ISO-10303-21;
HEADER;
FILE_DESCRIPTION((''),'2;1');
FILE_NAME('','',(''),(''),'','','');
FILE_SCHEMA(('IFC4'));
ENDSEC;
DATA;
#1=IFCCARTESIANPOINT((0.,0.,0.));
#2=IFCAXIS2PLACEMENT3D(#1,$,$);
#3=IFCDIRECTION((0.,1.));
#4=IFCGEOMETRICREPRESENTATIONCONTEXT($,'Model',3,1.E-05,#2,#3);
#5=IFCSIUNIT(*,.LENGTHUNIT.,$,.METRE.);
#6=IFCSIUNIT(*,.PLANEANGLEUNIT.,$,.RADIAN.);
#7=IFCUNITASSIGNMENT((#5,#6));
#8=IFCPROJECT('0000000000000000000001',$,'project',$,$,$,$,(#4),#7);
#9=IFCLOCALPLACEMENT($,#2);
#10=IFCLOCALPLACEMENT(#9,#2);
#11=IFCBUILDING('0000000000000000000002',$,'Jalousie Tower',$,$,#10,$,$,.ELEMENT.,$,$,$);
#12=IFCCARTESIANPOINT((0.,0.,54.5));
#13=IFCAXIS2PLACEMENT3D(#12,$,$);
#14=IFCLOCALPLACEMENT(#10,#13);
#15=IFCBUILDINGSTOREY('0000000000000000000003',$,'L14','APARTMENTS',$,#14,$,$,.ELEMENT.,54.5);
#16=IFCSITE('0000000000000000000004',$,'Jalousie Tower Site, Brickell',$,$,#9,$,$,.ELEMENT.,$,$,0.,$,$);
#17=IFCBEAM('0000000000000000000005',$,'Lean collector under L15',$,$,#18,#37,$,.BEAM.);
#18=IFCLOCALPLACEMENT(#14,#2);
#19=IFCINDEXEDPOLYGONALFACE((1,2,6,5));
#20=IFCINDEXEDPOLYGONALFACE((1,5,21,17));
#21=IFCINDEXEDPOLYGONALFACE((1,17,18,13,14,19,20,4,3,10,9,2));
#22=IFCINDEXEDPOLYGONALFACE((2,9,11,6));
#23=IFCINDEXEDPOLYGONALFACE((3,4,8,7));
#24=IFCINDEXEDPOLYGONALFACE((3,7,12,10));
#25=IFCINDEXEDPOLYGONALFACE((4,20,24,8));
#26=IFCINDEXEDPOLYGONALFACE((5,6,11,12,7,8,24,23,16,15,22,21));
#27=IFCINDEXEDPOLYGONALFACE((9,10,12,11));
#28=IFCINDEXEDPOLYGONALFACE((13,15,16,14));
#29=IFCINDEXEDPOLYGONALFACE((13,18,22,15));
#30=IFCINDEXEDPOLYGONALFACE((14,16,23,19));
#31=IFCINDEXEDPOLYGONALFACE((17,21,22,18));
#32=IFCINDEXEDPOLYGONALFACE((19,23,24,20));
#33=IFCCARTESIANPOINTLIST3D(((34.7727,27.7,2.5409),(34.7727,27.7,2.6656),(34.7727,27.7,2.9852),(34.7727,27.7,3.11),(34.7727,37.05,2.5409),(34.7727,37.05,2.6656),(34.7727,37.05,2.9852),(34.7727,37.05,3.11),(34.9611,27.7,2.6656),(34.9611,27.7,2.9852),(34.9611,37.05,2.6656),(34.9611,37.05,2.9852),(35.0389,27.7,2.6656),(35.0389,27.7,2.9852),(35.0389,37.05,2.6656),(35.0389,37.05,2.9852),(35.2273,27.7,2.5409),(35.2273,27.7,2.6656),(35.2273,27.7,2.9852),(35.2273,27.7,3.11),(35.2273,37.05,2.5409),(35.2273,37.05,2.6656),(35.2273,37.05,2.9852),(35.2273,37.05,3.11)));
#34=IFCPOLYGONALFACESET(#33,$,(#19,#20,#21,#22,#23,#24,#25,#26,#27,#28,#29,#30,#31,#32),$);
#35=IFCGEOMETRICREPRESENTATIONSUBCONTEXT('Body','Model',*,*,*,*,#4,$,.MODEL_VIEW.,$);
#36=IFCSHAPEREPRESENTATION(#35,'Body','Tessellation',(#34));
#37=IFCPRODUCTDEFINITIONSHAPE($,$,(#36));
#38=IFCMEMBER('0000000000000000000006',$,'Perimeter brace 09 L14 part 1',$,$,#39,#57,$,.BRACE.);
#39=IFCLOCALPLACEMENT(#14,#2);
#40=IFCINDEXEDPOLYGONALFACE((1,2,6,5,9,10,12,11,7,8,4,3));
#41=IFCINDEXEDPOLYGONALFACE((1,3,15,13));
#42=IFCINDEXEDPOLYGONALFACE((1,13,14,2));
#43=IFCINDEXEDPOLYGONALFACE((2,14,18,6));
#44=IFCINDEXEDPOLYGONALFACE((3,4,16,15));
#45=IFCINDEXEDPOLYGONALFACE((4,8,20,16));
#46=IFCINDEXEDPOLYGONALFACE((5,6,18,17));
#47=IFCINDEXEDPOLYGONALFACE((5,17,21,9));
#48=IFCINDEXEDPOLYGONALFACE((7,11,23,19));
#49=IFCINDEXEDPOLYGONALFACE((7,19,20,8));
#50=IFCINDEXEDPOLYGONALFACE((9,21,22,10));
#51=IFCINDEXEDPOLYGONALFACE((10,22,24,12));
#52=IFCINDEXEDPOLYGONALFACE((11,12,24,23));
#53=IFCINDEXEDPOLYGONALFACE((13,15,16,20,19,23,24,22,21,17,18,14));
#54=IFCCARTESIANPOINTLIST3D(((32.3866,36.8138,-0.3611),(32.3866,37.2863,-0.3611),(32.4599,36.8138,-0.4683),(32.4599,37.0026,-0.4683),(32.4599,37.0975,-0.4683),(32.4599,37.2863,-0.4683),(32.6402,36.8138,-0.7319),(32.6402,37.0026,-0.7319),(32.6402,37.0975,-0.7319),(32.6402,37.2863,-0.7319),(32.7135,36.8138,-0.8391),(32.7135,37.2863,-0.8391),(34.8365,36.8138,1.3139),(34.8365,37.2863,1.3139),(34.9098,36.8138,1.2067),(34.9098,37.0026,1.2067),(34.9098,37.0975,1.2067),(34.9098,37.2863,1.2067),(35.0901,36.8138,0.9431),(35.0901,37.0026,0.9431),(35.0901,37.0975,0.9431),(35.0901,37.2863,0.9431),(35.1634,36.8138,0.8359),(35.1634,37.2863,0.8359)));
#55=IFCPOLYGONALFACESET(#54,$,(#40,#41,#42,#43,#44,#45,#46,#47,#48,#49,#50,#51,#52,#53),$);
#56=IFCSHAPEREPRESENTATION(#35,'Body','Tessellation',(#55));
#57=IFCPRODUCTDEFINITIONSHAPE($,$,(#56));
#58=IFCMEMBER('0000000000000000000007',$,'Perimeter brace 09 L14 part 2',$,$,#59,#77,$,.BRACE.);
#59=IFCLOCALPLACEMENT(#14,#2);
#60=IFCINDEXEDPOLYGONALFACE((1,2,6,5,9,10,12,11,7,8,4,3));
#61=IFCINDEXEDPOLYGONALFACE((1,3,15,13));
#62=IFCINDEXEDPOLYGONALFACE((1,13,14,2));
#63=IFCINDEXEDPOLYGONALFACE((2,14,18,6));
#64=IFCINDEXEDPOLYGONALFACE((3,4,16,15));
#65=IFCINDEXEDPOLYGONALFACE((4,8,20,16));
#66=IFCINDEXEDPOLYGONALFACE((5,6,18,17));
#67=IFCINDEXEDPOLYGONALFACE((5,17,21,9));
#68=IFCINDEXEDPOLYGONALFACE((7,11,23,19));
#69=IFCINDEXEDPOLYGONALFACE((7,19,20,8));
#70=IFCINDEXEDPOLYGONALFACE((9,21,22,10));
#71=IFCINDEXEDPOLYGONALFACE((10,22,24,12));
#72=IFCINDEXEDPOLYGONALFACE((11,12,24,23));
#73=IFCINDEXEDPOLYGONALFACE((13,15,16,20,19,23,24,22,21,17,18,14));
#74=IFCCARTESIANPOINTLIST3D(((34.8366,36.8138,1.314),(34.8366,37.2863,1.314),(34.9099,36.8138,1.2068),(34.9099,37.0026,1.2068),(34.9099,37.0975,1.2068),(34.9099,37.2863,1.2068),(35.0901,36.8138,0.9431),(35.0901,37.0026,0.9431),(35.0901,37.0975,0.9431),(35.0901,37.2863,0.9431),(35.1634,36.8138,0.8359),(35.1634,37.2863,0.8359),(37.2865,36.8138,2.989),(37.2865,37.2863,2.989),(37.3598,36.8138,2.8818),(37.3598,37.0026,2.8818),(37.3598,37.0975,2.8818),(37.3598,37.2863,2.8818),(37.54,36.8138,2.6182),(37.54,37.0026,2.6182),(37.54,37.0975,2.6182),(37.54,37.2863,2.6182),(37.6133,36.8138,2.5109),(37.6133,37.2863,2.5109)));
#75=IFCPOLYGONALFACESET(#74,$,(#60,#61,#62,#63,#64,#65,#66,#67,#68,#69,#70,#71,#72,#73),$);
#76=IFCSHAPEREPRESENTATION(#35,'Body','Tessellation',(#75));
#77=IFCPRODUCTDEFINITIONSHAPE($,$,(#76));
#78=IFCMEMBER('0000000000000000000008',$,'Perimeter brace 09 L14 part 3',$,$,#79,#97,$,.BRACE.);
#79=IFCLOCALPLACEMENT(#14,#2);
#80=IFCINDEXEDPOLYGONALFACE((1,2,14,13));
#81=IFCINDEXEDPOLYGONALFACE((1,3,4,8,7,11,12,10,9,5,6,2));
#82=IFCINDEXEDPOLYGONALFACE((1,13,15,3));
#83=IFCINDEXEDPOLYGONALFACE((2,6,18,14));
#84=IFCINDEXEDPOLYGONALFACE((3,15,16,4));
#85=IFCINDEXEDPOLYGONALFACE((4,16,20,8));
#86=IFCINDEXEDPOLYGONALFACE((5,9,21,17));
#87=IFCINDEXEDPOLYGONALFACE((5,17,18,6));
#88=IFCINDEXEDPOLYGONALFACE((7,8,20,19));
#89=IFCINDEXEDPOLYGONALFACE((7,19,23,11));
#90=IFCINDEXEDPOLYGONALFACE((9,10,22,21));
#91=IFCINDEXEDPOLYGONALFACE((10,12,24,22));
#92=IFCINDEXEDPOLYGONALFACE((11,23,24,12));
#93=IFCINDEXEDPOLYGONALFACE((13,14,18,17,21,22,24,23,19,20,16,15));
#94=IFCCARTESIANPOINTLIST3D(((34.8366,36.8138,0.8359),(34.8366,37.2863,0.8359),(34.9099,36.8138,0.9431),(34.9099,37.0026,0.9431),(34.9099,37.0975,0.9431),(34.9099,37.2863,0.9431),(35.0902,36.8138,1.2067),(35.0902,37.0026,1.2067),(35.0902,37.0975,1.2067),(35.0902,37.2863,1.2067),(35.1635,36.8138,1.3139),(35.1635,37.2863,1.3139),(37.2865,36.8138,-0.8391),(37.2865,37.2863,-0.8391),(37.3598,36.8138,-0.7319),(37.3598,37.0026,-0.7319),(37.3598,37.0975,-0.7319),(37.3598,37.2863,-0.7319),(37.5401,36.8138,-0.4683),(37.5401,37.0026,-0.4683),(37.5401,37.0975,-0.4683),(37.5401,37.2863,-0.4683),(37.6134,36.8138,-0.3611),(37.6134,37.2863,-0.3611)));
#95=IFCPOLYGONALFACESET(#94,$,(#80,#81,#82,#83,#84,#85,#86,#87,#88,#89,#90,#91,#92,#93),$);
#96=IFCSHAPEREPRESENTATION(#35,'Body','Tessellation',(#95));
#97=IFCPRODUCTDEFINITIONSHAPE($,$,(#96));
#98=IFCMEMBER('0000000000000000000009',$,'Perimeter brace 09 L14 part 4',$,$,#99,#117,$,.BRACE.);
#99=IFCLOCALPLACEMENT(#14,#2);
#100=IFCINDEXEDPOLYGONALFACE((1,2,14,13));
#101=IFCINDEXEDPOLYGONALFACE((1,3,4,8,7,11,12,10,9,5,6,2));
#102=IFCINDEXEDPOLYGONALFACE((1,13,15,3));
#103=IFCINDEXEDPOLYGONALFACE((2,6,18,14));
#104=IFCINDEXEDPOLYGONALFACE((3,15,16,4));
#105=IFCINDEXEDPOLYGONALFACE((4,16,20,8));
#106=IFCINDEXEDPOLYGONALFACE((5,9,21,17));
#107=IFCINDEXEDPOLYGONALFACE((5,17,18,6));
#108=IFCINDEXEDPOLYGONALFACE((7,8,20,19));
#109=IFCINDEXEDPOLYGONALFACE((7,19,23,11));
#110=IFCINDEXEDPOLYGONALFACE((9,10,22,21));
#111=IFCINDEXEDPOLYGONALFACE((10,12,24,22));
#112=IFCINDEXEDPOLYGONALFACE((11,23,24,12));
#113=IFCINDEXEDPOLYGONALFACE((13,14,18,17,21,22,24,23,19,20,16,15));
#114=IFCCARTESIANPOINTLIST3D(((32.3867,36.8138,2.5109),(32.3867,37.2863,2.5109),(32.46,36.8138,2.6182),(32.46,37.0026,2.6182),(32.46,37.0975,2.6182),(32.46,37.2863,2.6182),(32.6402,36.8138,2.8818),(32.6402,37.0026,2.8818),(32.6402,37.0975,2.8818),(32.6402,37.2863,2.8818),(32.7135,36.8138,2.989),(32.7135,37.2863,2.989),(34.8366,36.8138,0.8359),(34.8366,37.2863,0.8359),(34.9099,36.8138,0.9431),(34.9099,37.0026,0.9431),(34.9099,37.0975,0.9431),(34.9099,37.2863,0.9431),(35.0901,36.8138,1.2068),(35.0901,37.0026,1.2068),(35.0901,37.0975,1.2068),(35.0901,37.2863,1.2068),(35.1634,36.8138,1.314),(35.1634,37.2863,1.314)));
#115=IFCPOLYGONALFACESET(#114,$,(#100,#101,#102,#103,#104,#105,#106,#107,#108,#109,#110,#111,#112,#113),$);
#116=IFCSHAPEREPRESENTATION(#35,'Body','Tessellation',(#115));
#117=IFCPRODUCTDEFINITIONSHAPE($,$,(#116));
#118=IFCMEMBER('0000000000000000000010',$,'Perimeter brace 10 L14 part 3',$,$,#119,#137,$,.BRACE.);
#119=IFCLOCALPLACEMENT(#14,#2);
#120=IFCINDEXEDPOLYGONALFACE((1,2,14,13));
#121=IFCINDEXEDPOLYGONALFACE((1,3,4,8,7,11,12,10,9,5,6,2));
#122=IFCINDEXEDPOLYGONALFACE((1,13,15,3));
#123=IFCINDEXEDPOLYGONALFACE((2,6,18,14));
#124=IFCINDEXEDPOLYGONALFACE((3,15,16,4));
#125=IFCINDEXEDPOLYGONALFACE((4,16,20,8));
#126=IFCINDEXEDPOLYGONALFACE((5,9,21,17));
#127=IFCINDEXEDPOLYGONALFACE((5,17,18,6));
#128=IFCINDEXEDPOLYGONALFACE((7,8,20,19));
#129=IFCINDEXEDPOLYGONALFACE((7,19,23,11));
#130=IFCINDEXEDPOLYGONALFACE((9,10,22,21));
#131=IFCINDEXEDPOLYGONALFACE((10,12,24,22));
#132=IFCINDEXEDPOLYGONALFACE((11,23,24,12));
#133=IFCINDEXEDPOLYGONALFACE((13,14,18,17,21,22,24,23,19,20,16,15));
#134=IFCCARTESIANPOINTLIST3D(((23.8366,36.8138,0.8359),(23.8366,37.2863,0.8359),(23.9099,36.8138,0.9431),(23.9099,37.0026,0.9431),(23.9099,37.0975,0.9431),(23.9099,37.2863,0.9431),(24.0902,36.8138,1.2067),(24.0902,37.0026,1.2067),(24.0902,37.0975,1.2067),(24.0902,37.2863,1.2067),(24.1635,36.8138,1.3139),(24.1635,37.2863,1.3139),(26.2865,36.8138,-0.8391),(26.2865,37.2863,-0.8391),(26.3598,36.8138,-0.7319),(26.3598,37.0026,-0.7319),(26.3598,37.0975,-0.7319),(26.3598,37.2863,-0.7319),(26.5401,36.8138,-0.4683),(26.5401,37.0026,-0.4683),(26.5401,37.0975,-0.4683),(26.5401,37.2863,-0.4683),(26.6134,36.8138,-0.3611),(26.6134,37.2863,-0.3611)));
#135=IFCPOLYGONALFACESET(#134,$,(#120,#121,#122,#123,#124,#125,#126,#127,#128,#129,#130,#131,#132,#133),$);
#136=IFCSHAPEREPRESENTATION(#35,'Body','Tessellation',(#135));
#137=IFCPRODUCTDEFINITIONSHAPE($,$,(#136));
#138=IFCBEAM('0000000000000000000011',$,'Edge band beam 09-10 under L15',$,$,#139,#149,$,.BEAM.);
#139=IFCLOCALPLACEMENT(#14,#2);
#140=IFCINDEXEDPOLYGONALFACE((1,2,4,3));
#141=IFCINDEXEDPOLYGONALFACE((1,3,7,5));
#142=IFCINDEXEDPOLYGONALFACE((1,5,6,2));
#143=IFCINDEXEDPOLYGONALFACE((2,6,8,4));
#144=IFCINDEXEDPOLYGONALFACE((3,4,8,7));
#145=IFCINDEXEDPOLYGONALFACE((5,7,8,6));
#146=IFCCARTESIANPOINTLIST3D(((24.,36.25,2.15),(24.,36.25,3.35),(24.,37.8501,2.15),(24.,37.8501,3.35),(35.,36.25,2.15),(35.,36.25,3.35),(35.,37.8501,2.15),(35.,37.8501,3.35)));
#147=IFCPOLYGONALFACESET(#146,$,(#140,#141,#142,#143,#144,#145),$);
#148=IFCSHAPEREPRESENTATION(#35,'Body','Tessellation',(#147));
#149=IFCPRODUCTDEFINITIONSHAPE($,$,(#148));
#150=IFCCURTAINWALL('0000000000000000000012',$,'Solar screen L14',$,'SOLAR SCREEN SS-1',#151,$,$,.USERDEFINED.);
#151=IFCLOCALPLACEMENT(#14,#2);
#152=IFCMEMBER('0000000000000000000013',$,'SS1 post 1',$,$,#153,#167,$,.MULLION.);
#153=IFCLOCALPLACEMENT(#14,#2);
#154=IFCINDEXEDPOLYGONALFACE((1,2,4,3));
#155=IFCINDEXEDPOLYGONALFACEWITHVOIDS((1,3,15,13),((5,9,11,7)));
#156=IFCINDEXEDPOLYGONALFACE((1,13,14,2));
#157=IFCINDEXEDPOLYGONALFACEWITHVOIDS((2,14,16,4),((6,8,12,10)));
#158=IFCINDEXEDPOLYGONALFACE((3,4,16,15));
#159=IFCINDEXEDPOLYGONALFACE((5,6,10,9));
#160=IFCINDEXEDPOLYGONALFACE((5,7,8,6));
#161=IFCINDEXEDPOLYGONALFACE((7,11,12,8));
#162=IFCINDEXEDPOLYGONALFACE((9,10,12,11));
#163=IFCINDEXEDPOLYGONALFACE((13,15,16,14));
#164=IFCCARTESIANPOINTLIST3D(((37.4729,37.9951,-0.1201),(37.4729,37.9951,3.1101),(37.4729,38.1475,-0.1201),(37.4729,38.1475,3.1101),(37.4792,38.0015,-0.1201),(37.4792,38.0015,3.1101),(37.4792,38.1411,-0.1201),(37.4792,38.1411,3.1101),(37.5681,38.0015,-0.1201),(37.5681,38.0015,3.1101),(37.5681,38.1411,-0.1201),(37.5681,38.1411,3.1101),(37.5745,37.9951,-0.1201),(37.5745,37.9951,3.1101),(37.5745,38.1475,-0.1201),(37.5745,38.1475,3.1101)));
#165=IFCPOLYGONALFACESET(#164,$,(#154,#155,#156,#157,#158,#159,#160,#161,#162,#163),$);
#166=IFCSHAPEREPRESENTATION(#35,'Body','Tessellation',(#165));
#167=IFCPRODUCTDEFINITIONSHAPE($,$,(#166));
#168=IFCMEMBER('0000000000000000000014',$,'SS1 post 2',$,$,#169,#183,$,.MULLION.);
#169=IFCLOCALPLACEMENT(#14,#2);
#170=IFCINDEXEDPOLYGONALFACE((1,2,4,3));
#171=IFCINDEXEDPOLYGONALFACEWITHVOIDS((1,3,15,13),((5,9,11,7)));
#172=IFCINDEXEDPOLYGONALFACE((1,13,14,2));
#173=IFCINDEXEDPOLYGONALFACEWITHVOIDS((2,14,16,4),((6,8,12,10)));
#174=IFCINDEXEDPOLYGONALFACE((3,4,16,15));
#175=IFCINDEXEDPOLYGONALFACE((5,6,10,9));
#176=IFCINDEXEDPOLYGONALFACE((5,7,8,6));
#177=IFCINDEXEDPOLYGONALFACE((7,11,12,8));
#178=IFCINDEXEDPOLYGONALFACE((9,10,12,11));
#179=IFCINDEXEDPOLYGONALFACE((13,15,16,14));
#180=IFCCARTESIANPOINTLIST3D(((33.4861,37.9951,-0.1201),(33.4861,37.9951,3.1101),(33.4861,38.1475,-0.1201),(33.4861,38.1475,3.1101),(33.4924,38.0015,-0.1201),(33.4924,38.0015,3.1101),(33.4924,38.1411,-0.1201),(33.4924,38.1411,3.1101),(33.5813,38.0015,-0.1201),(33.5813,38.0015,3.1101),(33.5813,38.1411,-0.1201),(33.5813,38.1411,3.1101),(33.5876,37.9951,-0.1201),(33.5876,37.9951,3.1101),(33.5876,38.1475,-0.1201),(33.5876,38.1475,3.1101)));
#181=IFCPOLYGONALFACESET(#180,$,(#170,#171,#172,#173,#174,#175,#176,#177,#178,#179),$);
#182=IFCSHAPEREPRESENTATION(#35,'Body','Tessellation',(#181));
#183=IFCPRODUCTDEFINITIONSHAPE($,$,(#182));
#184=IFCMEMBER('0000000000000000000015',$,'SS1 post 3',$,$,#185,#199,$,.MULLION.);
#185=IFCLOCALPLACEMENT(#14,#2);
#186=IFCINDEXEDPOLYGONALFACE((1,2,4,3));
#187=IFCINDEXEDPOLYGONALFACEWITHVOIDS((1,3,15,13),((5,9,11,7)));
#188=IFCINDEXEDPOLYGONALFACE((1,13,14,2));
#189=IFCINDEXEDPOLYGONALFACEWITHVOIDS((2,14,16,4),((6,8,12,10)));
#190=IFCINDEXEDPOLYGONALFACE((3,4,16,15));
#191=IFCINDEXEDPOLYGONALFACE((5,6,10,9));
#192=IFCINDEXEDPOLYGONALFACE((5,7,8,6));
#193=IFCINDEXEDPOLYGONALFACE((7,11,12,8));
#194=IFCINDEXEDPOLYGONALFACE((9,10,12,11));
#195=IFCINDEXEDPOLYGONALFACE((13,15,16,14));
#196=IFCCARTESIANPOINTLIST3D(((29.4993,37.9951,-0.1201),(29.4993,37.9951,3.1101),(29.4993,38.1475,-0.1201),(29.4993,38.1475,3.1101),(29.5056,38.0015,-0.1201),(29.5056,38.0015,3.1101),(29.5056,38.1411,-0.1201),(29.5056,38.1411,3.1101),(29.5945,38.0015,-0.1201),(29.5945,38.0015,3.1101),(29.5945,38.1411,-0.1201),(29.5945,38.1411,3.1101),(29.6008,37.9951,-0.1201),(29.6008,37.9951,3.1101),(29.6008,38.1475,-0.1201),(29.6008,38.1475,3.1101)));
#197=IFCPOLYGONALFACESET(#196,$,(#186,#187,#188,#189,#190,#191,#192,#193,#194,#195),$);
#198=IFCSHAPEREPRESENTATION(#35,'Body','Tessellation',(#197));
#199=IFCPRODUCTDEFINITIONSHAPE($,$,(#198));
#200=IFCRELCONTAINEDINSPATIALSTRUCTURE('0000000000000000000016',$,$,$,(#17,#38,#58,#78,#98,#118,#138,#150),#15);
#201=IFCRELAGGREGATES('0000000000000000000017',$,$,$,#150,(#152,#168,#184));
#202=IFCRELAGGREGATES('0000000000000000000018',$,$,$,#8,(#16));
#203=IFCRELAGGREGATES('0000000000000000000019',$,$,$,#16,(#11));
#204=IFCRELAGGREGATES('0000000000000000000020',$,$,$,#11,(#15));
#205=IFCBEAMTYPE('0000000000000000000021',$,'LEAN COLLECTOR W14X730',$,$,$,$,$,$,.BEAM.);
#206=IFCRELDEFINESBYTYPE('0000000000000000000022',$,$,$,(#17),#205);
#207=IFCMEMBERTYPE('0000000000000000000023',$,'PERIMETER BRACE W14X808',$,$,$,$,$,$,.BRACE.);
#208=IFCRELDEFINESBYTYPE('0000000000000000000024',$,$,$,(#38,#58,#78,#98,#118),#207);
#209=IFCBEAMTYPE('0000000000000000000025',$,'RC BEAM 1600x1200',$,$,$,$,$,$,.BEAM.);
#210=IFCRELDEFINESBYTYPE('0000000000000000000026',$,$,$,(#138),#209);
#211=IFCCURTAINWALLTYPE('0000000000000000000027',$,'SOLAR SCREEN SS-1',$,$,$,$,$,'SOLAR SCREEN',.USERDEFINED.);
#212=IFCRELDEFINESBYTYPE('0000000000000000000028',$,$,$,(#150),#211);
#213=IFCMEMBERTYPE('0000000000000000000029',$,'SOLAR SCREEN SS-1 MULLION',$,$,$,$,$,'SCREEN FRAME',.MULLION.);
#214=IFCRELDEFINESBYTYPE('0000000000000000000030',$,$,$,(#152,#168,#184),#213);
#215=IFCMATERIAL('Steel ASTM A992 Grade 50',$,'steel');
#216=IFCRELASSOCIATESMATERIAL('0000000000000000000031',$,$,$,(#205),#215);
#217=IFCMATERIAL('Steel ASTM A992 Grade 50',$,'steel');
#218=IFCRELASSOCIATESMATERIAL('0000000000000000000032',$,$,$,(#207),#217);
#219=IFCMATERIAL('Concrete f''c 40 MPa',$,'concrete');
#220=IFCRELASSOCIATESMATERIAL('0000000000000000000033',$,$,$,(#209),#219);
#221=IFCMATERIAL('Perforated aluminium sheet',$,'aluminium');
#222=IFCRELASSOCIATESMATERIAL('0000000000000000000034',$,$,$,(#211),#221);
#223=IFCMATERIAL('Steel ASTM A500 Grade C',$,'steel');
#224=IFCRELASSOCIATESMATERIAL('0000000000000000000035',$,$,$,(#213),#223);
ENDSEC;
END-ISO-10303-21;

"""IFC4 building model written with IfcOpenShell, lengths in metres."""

from ifc_helpers import new_model, si_unit, direction, frame, origin, origin_2d, place, context, subcontext, project, spatial, rectangle, hollow_rectangle, i_section, extrude, material, material_profile, profile_set, type_object, element, aggregate, save


model = new_model("IFC4")

# Units and contexts
model_context = context("Model", 3, precision=1e-05, world=origin(), true_north=direction((0.0, 1.0)))
body_context = subcontext(model_context, "Body", "Model", "MODEL_VIEW")
ifc_project = project(units=[si_unit("LENGTHUNIT", "METRE"), si_unit("PLANEANGLEUNIT", "RADIAN")], contexts=[model_context])

# Site, building, storey
site_placement = place(None, origin())
site = spatial("IfcSite", under=ifc_project, at=site_placement, Name="Jalousie Tower Site, Brickell", CompositionType="ELEMENT", RefElevation=0.0)
building_placement = place(site_placement, origin())
building = spatial("IfcBuilding", under=site, at=building_placement, Name="Jalousie Tower", CompositionType="ELEMENT")
storey_placement = place(building_placement, frame((0.0, 0.0, 54.5)))
storey = spatial("IfcBuildingStorey", under=building, at=storey_placement, Name="L14", Description="APARTMENTS", CompositionType="ELEMENT", Elevation=54.5)

# Beam
ifc_material_1 = material(Name="Steel ASTM A992 Grade 50", Category="steel")
ifc_material_profile_1 = material_profile(ifc_material_1, i_section(OverallWidth=0.4546, OverallDepth=0.5691, WebThickness=0.0779, FlangeThickness=0.1248, at=origin_2d()), Name="W14X730")
ifc_profile_set_1 = profile_set([ifc_material_profile_1], Name="Steel ASTM A992 Grade 50")
beam_type_1 = type_object("IfcBeamType", Name="LEAN COLLECTOR W14X730", PredefinedType="BEAM", material=ifc_profile_set_1)
beam_1_placement = place(storey_placement, frame((35.0, 37.05, 2.8254), z_axis=(0.0, -1.0, 0.0), x_axis=(1.0, 0.0, 0.0)))
element("IfcBeam", 1, at=beam_1_placement, inside=storey, type_object=beam_type_1, Name="Lean collector under L15", PredefinedType="BEAM", context=body_context, shape_type="SweptSolid", body=[
    extrude(i_section(OverallWidth=0.4546, OverallDepth=0.5691, WebThickness=0.0779, FlangeThickness=0.1248, at=origin_2d()), origin(), (0.0, 0.0, 1.0), 9.3501),
])

# Members
ifc_material_2 = material(Name="Steel ASTM A992 Grade 50", Category="steel")
ifc_material_profile_2 = material_profile(ifc_material_2, i_section(OverallWidth=0.4724, OverallDepth=0.5791, WebThickness=0.095, FlangeThickness=0.1299, at=origin_2d()), Name="W14X808")
ifc_profile_set_2 = profile_set([ifc_material_profile_2], Name="Steel ASTM A992 Grade 50")
member_type_1 = type_object("IfcMemberType", Name="PERIMETER BRACE W14X808", PredefinedType="BRACE", material=ifc_profile_set_2)
for number, where, z_axis, x_axis, name in (
    (2, (32.55, 37.05, -0.6001), (0.825501, 0.0, 0.564401), (0.0, 1.0, 0.0), "Perimeter brace 09 L14 part 1"),
    (3, (35.0, 37.05, 1.075), (0.825501, 0.0, 0.564401), (0.0, 1.0, 0.0), "Perimeter brace 09 L14 part 2"),
    (4, (37.45, 37.05, -0.6001), (-0.825501, 0.0, 0.564401), (0.0, -1.0, 0.0), "Perimeter brace 09 L14 part 3"),
    (5, (35.0, 37.05, 1.075), (-0.825501, 0.0, 0.564401), (0.0, -1.0, 0.0), "Perimeter brace 09 L14 part 4"),
    (6, (26.45, 37.05, -0.6001), (-0.825501, 0.0, 0.564401), (0.0, -1.0, 0.0), "Perimeter brace 10 L14 part 3"),
):
    element("IfcMember", number, at=place(storey_placement, frame(where, z_axis=z_axis, x_axis=x_axis)), inside=storey, type_object=member_type_1, Name=name, PredefinedType="BRACE", context=body_context, shape_type="SweptSolid", body=[
        extrude(i_section(OverallWidth=0.4724, OverallDepth=0.5791, WebThickness=0.095, FlangeThickness=0.1299, at=origin_2d()), origin(), (0.0, 0.0, 1.0), 2.9678),
    ])

# Beam
ifc_material_3 = material(Name="Concrete f'c 40 MPa", Category="concrete")
ifc_material_profile_3 = material_profile(ifc_material_3, rectangle(XDim=1.6001, YDim=1.2, at=origin_2d()), Name="RC 1600x1200")
ifc_profile_set_3 = profile_set([ifc_material_profile_3], Name="Concrete f'c 40 MPa")
beam_type_2 = type_object("IfcBeamType", Name="RC BEAM 1600x1200", PredefinedType="BEAM", material=ifc_profile_set_3)
beam_2_placement = place(storey_placement, frame((35.0, 37.05, 2.75), z_axis=(-1.0, 0.0, 0.0), x_axis=(0.0, -1.0, 0.0)))
element("IfcBeam", 7, at=beam_2_placement, inside=storey, type_object=beam_type_2, Name="Edge band beam 09-10 under L15", PredefinedType="BEAM", context=body_context, shape_type="SweptSolid", body=[
    extrude(rectangle(XDim=1.6001, YDim=1.2, at=origin_2d()), origin(), (0.0, 0.0, 1.0), 11.0),
])

# Curtain wall, members
ifc_material_4 = material(Name="Perforated aluminium sheet", Category="aluminium")
curtain_wall_type = type_object("IfcCurtainWallType", Name="SOLAR SCREEN SS-1", ElementType="SOLAR SCREEN", PredefinedType="USERDEFINED", material=ifc_material_4)
curtain_wall_1_placement = place(storey_placement, origin())
curtain_wall_1 = element("IfcCurtainWall", 8, at=curtain_wall_1_placement, inside=storey, type_object=curtain_wall_type, Name="Solar screen L14", ObjectType="SOLAR SCREEN SS-1", PredefinedType="USERDEFINED")
ifc_material_5 = material(Name="Steel ASTM A500 Grade C", Category="steel")
ifc_material_profile_4 = material_profile(ifc_material_5, hollow_rectangle(XDim=0.1016, YDim=0.1523, WallThickness=0.0063, at=origin_2d()), Name="HSS6X4X1/4")
ifc_profile_set_4 = profile_set([ifc_material_profile_4], Name="Steel ASTM A500 Grade C")
member_type_2 = type_object("IfcMemberType", Name="SOLAR SCREEN SS-1 MULLION", ElementType="SCREEN FRAME", PredefinedType="MULLION", material=ifc_profile_set_4)
member_1_placement = place(storey_placement, frame((37.5237, 38.0713, -0.1201), z_axis=(0.0, 0.0, 1.0), x_axis=(-1.0, 0.0, 0.0)))
member_1 = element("IfcMember", 9, at=member_1_placement, type_object=member_type_2, Name="SS1 post 1", PredefinedType="MULLION", context=body_context, shape_type="SweptSolid", body=[
    extrude(hollow_rectangle(XDim=0.1016, YDim=0.1523, WallThickness=0.0063, at=origin_2d()), origin(), (0.0, 0.0, 1.0), 3.2302),
])
member_2_placement = place(storey_placement, frame((33.5369, 38.0713, -0.1201), z_axis=(0.0, 0.0, 1.0), x_axis=(-1.0, 0.0, 0.0)))
member_2 = element("IfcMember", 10, at=member_2_placement, type_object=member_type_2, Name="SS1 post 2", PredefinedType="MULLION", context=body_context, shape_type="SweptSolid", body=[
    extrude(hollow_rectangle(XDim=0.1016, YDim=0.1523, WallThickness=0.0063, at=origin_2d()), origin(), (0.0, 0.0, 1.0), 3.2302),
])
member_3_placement = place(storey_placement, frame((29.55, 38.0713, -0.1201), z_axis=(0.0, 0.0, 1.0), x_axis=(-1.0, 0.0, 0.0)))
member_3 = element("IfcMember", 11, at=member_3_placement, type_object=member_type_2, Name="SS1 post 3", PredefinedType="MULLION", context=body_context, shape_type="SweptSolid", body=[
    extrude(hollow_rectangle(XDim=0.1016, YDim=0.1523, WallThickness=0.0063, at=origin_2d()), origin(), (0.0, 0.0, 1.0), 3.2302),
])

aggregate(curtain_wall_1, [member_1, member_2, member_3])

save(model, "model.ifc")
